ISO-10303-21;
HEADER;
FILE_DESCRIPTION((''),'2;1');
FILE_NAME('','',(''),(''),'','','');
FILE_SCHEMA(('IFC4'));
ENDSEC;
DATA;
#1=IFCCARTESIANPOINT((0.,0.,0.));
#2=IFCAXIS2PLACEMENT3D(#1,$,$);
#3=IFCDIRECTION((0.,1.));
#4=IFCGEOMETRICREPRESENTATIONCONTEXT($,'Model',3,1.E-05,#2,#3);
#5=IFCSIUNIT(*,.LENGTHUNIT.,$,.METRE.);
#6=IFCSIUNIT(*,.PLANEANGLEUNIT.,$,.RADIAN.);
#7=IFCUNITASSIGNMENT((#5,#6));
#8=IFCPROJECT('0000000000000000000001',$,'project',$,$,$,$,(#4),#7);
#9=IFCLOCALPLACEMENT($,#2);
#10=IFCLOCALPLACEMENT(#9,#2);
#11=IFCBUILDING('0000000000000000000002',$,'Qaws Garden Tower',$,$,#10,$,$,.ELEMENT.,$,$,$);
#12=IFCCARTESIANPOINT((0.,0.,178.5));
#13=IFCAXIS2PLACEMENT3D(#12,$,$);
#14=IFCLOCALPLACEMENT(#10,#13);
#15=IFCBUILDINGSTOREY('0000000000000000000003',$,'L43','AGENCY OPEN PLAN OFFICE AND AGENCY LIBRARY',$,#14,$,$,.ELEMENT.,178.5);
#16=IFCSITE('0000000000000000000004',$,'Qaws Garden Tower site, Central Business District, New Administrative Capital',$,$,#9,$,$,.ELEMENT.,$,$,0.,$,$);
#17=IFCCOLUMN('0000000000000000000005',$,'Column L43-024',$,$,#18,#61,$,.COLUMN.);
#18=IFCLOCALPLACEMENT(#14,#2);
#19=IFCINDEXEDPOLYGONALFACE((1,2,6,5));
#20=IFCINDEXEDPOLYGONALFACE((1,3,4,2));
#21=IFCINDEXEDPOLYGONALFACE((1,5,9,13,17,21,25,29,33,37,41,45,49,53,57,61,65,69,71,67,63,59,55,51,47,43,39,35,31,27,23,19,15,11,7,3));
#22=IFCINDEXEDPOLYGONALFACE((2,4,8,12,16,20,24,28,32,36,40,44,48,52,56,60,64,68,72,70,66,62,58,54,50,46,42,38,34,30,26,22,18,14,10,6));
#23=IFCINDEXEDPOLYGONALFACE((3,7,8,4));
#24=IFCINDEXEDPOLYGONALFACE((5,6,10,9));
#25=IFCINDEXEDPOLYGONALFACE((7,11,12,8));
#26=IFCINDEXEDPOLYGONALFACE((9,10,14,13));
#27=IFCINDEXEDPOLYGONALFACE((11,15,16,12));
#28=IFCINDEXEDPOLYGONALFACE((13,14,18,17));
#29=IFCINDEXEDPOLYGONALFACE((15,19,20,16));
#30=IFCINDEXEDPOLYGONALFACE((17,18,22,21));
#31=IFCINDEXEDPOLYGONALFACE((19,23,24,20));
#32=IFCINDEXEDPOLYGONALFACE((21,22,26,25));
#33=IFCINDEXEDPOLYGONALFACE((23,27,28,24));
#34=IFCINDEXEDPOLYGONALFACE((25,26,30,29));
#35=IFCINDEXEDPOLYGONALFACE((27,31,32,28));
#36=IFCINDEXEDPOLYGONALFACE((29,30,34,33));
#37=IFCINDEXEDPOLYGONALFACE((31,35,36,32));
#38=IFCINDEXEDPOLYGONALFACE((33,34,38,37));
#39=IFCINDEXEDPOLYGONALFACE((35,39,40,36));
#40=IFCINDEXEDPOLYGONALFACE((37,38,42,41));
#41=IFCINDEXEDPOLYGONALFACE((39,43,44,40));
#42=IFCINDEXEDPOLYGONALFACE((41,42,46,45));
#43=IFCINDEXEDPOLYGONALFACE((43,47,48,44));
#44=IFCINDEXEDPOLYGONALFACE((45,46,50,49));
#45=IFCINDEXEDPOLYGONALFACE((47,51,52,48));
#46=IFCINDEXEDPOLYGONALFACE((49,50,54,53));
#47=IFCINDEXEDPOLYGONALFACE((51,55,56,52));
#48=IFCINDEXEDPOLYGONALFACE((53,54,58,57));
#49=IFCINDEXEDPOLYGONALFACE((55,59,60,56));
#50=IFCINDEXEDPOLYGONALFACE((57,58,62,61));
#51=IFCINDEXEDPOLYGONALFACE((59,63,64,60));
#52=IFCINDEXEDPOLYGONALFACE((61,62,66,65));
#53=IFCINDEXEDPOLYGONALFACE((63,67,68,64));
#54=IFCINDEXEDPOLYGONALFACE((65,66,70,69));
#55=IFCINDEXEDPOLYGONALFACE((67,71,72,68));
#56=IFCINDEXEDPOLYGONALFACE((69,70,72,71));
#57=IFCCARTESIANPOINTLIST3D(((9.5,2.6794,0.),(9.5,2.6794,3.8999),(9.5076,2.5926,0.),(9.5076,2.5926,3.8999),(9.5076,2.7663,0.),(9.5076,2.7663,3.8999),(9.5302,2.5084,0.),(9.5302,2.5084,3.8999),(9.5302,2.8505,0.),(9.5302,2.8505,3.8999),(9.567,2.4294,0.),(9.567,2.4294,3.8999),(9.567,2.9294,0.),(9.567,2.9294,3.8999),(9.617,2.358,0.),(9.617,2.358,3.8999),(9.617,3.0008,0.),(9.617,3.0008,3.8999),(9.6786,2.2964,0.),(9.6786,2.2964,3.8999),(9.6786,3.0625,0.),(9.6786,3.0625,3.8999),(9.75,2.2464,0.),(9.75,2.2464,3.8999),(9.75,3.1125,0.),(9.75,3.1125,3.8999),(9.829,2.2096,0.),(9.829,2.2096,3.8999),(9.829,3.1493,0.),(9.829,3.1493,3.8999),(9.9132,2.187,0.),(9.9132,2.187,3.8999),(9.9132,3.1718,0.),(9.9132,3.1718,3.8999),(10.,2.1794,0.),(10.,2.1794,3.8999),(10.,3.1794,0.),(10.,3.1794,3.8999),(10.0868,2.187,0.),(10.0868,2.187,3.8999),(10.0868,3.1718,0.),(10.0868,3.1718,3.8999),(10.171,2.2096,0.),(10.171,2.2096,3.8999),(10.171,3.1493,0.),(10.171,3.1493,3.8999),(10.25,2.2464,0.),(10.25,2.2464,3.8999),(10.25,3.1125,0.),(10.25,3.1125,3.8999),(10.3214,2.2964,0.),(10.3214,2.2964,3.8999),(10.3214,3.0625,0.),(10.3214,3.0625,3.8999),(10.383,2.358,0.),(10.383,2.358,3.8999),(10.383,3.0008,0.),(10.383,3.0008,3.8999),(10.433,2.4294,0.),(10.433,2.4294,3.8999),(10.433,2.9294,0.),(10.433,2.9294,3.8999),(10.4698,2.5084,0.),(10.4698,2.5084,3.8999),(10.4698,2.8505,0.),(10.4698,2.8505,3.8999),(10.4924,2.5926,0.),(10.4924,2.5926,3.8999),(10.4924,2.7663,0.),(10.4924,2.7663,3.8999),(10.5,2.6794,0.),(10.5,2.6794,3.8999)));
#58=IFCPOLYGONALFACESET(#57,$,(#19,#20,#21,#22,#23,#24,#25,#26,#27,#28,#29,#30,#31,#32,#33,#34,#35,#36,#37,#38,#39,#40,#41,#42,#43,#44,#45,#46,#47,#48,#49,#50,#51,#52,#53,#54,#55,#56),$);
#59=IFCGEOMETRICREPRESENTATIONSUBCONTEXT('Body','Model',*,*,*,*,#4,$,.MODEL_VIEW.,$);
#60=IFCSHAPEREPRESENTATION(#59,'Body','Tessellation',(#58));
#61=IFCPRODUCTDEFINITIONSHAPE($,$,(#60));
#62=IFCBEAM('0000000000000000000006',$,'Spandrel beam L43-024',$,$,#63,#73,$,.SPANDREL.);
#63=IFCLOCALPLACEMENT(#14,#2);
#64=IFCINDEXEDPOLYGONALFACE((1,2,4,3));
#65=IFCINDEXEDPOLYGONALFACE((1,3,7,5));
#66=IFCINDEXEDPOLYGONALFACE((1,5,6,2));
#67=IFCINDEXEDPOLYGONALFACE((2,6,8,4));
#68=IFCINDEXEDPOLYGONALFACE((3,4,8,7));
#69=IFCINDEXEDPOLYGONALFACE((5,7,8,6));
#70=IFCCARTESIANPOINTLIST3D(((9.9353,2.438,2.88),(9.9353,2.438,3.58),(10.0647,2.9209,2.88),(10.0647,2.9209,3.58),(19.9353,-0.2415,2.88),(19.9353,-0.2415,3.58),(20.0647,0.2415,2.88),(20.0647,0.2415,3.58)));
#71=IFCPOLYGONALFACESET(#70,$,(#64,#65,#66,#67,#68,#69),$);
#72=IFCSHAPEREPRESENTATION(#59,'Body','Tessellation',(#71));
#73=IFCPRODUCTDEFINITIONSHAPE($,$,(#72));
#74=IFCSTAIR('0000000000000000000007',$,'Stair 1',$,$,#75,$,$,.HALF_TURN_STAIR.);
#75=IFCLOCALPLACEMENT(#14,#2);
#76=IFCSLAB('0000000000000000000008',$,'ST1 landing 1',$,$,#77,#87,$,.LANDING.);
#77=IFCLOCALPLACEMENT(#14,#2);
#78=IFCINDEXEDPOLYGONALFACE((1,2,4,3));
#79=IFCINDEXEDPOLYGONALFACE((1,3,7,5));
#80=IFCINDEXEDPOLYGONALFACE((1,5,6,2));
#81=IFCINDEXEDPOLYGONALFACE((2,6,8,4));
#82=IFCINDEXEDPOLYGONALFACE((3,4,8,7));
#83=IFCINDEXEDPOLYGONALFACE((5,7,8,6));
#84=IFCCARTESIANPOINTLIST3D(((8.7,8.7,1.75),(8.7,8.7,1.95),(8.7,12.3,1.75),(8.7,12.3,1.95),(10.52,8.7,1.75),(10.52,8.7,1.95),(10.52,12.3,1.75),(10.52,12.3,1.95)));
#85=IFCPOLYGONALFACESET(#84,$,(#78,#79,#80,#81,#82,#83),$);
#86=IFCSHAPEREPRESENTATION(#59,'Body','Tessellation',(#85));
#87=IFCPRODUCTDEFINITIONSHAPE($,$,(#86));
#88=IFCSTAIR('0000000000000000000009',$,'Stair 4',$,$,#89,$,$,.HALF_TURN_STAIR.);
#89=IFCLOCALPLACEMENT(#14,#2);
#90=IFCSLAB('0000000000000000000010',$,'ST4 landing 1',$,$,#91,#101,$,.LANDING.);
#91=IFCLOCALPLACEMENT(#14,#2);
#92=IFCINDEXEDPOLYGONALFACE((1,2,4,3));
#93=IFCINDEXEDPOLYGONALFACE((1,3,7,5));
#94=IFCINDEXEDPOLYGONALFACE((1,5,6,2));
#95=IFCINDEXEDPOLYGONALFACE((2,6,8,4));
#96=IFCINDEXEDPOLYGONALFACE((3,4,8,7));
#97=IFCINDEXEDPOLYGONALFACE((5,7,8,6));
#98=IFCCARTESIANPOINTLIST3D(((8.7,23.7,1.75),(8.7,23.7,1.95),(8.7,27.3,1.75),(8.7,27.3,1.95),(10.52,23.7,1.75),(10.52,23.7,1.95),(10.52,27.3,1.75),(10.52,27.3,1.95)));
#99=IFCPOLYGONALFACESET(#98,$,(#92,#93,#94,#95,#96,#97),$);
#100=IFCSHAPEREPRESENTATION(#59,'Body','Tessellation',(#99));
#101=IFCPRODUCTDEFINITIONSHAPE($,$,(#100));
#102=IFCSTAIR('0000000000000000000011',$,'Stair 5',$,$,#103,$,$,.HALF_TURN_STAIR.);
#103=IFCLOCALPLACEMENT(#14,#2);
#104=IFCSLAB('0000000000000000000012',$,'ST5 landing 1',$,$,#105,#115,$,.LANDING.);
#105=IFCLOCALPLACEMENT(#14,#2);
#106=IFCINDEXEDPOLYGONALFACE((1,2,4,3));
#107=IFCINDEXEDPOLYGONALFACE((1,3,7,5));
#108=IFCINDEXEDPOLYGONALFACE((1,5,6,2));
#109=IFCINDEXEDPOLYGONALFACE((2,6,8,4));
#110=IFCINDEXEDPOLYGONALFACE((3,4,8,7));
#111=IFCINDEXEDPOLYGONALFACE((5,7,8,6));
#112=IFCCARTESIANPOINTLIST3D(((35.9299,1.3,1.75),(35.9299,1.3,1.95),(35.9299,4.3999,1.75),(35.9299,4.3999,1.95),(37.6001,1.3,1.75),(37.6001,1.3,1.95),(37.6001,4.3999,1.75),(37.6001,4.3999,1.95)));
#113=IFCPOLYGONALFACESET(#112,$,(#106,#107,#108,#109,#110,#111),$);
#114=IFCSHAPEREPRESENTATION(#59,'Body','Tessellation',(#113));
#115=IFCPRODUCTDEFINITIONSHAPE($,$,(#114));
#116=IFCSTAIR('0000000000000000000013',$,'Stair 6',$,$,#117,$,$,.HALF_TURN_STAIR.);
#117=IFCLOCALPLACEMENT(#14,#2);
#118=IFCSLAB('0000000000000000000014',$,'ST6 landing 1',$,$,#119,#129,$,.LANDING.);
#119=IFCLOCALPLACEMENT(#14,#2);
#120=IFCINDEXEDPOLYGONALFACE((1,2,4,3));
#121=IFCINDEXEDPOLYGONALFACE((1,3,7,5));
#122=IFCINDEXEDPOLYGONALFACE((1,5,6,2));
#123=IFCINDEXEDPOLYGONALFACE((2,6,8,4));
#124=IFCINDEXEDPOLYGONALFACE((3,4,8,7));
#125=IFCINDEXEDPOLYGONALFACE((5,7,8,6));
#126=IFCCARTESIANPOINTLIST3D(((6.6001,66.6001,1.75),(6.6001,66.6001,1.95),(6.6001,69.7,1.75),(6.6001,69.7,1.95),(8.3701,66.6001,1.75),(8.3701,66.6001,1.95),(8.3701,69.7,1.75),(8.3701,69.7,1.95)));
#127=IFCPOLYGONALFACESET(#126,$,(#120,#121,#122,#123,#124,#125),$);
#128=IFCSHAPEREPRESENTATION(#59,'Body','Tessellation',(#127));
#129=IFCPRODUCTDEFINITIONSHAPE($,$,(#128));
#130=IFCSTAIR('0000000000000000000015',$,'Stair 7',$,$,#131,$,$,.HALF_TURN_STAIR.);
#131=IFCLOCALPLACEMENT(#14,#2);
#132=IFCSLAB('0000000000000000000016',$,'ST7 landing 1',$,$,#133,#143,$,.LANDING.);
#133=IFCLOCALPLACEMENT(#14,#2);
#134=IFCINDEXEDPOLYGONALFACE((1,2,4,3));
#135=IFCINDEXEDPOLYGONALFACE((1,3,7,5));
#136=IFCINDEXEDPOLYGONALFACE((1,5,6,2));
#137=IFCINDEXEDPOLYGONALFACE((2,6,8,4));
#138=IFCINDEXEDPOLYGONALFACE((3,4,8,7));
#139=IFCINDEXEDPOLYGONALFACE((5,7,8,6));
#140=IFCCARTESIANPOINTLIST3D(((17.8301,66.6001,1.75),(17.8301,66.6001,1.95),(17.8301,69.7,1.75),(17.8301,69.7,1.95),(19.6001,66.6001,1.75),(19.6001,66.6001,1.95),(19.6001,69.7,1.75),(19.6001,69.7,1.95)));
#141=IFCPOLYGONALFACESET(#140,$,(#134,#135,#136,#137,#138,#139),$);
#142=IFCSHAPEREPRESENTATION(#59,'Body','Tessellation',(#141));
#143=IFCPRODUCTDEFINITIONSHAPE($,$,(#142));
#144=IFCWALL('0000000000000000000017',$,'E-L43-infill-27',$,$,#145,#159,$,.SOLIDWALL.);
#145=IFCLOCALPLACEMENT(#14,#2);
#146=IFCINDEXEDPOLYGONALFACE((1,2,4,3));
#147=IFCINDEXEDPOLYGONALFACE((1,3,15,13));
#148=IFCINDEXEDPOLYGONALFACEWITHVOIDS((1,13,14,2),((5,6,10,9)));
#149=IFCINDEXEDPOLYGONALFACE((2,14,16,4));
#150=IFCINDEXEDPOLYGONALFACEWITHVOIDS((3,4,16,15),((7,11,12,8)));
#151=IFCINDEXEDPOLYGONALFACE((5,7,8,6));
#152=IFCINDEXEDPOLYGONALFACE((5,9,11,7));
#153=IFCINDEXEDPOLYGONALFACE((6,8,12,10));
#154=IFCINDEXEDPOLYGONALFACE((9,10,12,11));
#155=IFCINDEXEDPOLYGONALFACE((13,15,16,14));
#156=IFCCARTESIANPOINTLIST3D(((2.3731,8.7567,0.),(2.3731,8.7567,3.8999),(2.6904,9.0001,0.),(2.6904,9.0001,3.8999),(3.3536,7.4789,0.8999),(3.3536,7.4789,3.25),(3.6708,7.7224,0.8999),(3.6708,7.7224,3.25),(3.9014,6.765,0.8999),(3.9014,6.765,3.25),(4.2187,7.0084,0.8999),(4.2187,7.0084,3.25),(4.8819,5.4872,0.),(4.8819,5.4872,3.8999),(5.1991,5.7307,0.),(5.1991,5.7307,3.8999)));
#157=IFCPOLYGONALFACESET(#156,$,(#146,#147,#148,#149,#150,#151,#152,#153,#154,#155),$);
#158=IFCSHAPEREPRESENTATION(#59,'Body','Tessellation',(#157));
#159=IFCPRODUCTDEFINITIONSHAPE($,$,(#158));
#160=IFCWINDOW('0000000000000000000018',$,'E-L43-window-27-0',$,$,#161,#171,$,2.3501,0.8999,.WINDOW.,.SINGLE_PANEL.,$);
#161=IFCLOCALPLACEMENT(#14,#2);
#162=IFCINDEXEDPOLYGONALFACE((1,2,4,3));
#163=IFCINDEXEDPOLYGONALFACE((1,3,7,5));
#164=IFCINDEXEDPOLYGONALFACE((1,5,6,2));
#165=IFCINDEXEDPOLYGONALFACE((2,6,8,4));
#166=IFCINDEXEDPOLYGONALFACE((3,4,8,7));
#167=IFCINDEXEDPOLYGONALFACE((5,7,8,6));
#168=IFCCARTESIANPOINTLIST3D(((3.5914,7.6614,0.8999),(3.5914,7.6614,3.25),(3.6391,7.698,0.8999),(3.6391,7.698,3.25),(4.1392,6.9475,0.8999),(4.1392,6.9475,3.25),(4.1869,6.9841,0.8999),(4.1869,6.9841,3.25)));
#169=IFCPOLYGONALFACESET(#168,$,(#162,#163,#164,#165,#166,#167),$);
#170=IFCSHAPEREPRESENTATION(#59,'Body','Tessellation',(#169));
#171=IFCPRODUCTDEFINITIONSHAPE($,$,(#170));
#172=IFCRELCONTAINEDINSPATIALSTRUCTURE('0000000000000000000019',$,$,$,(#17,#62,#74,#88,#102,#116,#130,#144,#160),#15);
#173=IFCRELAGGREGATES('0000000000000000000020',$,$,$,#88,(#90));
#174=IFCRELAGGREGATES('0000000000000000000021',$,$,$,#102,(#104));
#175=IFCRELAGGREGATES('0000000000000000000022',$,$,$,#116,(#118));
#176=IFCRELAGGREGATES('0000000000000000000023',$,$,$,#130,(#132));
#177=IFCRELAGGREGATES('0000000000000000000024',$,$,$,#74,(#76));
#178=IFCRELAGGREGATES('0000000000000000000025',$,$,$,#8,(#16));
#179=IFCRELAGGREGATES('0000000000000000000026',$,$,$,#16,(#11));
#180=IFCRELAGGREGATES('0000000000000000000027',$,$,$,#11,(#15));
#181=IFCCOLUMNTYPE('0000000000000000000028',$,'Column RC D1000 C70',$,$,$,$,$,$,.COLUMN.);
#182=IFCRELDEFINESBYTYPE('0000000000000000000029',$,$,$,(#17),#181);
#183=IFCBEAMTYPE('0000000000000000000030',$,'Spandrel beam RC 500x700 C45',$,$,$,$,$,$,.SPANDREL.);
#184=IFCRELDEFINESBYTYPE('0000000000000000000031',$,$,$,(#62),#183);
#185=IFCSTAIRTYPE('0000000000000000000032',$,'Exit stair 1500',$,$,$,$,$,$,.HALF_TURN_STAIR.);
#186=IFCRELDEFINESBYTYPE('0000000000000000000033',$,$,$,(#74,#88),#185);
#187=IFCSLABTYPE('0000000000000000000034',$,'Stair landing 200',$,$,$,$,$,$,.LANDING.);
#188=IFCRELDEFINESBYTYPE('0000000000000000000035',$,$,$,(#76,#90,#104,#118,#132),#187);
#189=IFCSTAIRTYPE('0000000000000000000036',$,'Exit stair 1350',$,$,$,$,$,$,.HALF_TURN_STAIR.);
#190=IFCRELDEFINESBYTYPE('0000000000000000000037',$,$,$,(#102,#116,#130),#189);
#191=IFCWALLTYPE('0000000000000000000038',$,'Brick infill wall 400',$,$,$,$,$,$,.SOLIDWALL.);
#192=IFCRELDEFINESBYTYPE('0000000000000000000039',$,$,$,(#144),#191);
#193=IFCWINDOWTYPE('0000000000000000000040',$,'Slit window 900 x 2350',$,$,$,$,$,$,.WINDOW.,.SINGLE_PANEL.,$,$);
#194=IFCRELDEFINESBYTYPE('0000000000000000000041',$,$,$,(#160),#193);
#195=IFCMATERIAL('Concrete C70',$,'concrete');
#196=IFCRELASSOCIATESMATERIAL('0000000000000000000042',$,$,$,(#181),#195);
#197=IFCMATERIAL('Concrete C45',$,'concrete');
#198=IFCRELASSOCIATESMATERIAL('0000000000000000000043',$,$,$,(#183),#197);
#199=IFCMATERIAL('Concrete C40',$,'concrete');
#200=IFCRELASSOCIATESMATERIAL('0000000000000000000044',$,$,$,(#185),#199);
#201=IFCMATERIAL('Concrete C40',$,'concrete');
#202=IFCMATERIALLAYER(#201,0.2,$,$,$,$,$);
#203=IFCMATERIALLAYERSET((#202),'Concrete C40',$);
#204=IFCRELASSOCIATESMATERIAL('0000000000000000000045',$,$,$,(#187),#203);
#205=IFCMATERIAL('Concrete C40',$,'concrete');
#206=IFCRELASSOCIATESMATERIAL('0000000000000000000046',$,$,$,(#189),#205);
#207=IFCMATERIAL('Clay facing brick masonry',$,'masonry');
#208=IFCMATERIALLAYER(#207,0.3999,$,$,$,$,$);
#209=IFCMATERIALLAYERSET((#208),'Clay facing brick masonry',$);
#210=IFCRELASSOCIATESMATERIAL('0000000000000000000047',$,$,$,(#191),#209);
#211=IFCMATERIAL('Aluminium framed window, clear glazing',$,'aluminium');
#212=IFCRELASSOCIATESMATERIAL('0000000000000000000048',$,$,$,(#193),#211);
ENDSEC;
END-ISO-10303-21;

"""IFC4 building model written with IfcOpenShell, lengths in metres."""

from ifc_helpers import new_model, si_unit, direction, frame, frame_2d, origin, origin_2d, place, context, subcontext, project, spatial, polyline, rectangle, circle, outline, extrude, material, layer, layer_set, material_profile, profile_set, type_object, element, fill, aggregate, save


model = new_model("IFC4")

# Units and contexts
model_context = context("Model", 3, precision=1e-05, world=origin(), true_north=direction((0.0, 1.0)))
body_context = subcontext(model_context, "Body", "Model", "MODEL_VIEW")
ifc_project = project(units=[si_unit("LENGTHUNIT", "METRE"), si_unit("PLANEANGLEUNIT", "RADIAN")], contexts=[model_context])

# Site, building, storey
site_placement = place(None, origin())
site = spatial("IfcSite", under=ifc_project, at=site_placement, Name="Qaws Garden Tower site, Central Business District, New Administrative Capital", CompositionType="ELEMENT", RefElevation=0.0)
building_placement = place(site_placement, origin())
building = spatial("IfcBuilding", under=site, at=building_placement, Name="Qaws Garden Tower", CompositionType="ELEMENT")
storey_placement = place(building_placement, frame((0.0, 0.0, 178.5)))
storey = spatial("IfcBuildingStorey", under=building, at=storey_placement, Name="L43", Description="AGENCY OPEN PLAN OFFICE AND AGENCY LIBRARY", CompositionType="ELEMENT", Elevation=178.5)

# Column
ifc_material_1 = material(Name="Concrete C70", Category="concrete")
ifc_material_profile_1 = material_profile(ifc_material_1, circle(Radius=0.5, at=origin_2d()), Name="RC D1000")
ifc_profile_set_1 = profile_set([ifc_material_profile_1], Name="Concrete C70")
column_type = type_object("IfcColumnType", Name="Column RC D1000 C70", PredefinedType="COLUMN", material=ifc_profile_set_1)
column_placement = place(storey_placement, frame((10.0, 2.6794, 0.0), z_axis=(0.0, 0.0, 1.0), x_axis=(1.0, 0.0, 0.0)))
element("IfcColumn", 1, at=column_placement, inside=storey, type_object=column_type, Name="Column L43-024", PredefinedType="COLUMN", context=body_context, shape_type="SweptSolid", body=[
    extrude(circle(Radius=0.5, at=origin_2d()), origin(), (0.0, 0.0, 1.0), 3.8999),
])

# Beam
ifc_material_2 = material(Name="Concrete C45", Category="concrete")
ifc_material_profile_2 = material_profile(ifc_material_2, rectangle(XDim=0.5, YDim=0.7, at=origin_2d()), Name="RC 500x700")
ifc_profile_set_2 = profile_set([ifc_material_profile_2], Name="Concrete C45")
beam_type = type_object("IfcBeamType", Name="Spandrel beam RC 500x700 C45", PredefinedType="SPANDREL", material=ifc_profile_set_2)
beam_placement = place(storey_placement, frame((10.0, 2.6794, 3.23), z_axis=(0.965927, -0.258815, 0.0), x_axis=(0.258815, 0.965927, 0.0)))
element("IfcBeam", 2, at=beam_placement, inside=storey, type_object=beam_type, Name="Spandrel beam L43-024", PredefinedType="SPANDREL", context=body_context, shape_type="SweptSolid", body=[
    extrude(rectangle(XDim=0.5, YDim=0.7, at=origin_2d()), origin(), (0.0, 0.0, 1.0), 10.3528),
])

# Stairs, slabs
ifc_material_3 = material(Name="Concrete C40", Category="concrete")
stair_type_1 = type_object("IfcStairType", Name="Exit stair 1500", PredefinedType="HALF_TURN_STAIR", material=ifc_material_3)
placement_1 = place(storey_placement, origin())
stair_1 = element("IfcStair", 3, at=placement_1, inside=storey, type_object=stair_type_1, Name="Stair 1", PredefinedType="HALF_TURN_STAIR")
ifc_material_4 = material(Name="Concrete C40", Category="concrete")
ifc_layer_1 = layer(ifc_material_4, 0.2)
ifc_layer_set_1 = layer_set([ifc_layer_1], Name="Concrete C40")
slab_type = type_object("IfcSlabType", Name="Stair landing 200", PredefinedType="LANDING", material=ifc_layer_set_1)
placement_2 = place(storey_placement, frame((0.0, 0.0, 1.75)))
slab_1 = element("IfcSlab", 4, at=placement_2, type_object=slab_type, Name="ST1 landing 1", PredefinedType="LANDING", context=body_context, shape_type="SweptSolid", body=[
    extrude(outline(polyline([(8.7, 8.7), (10.52, 8.7), (10.52, 12.3), (8.7, 12.3), (8.7, 8.7)])), origin(), (0.0, 0.0, 1.0), 0.2),
])
stair_2 = element("IfcStair", 5, at=placement_1, inside=storey, type_object=stair_type_1, Name="Stair 4", PredefinedType="HALF_TURN_STAIR")
slab_2 = element("IfcSlab", 6, at=placement_2, type_object=slab_type, Name="ST4 landing 1", PredefinedType="LANDING", context=body_context, shape_type="SweptSolid", body=[
    extrude(outline(polyline([(8.7, 23.7), (10.52, 23.7), (10.52, 27.3), (8.7, 27.3), (8.7, 23.7)])), origin(), (0.0, 0.0, 1.0), 0.2),
])
aggregate(stair_2, [slab_2])
ifc_material_5 = material(Name="Concrete C40", Category="concrete")
stair_type_2 = type_object("IfcStairType", Name="Exit stair 1350", PredefinedType="HALF_TURN_STAIR", material=ifc_material_5)
stair_3 = element("IfcStair", 7, at=placement_1, inside=storey, type_object=stair_type_2, Name="Stair 5", PredefinedType="HALF_TURN_STAIR")
slab_3 = element("IfcSlab", 8, at=placement_2, type_object=slab_type, Name="ST5 landing 1", PredefinedType="LANDING", context=body_context, shape_type="SweptSolid", body=[
    extrude(outline(polyline([(35.9299, 1.3), (37.6001, 1.3), (37.6001, 4.3999), (35.9299, 4.3999), (35.9299, 1.3)])), origin(), (0.0, 0.0, 1.0), 0.2),
])
aggregate(stair_3, [slab_3])
stair_4 = element("IfcStair", 9, at=placement_1, inside=storey, type_object=stair_type_2, Name="Stair 6", PredefinedType="HALF_TURN_STAIR")
slab_4 = element("IfcSlab", 10, at=placement_2, type_object=slab_type, Name="ST6 landing 1", PredefinedType="LANDING", context=body_context, shape_type="SweptSolid", body=[
    extrude(outline(polyline([(6.6001, 66.6001), (8.3701, 66.6001), (8.3701, 69.7), (6.6001, 69.7), (6.6001, 66.6001)])), origin(), (0.0, 0.0, 1.0), 0.2),
])
aggregate(stair_4, [slab_4])
stair_5 = element("IfcStair", 11, at=placement_1, inside=storey, type_object=stair_type_2, Name="Stair 7", PredefinedType="HALF_TURN_STAIR")
slab_5 = element("IfcSlab", 12, at=placement_2, type_object=slab_type, Name="ST7 landing 1", PredefinedType="LANDING", context=body_context, shape_type="SweptSolid", body=[
    extrude(outline(polyline([(17.8301, 66.6001), (19.6001, 66.6001), (19.6001, 69.7), (17.8301, 69.7), (17.8301, 66.6001)])), origin(), (0.0, 0.0, 1.0), 0.2),
])
aggregate(stair_5, [slab_5])

# Wall, opening, window
ifc_material_6 = material(Name="Clay facing brick masonry", Category="masonry")
ifc_layer_2 = layer(ifc_material_6, 0.3999)
ifc_layer_set_2 = layer_set([ifc_layer_2], Name="Clay facing brick masonry")
wall_type_1 = type_object("IfcWallType", Name="Brick infill wall 400", PredefinedType="SOLIDWALL", material=ifc_layer_set_2)
wall_1_placement = place(storey_placement, frame((2.5317, 8.8784, 0.0), z_axis=(0.0, 0.0, 1.0), x_axis=(0.60876, -0.793355, 0.0)))
wall_1 = element("IfcWall", 13, at=wall_1_placement, inside=storey, type_object=wall_type_1, Name="E-L43-infill-27", PredefinedType="SOLIDWALL", context=body_context, shape_type="SweptSolid", body=[
    extrude(rectangle(XDim=4.1211, YDim=0.3999, at=frame_2d((2.0605, 0.0))), origin(), (0.0, 0.0, 1.0), 3.8999),
])
opening_1_placement = place(wall_1_placement, frame((1.6106, 0.0, 0.8999)))
opening_1 = element("IfcOpeningElement", 14, at=opening_1_placement, cuts=wall_1, PredefinedType="OPENING", context=body_context, shape_type="SweptSolid", body=[
    extrude(rectangle(XDim=0.8999, YDim=2.3501, at=frame_2d((0.45, 1.175))), frame((0.0, 0.21, 0.0), z_axis=(0.0, -1.0, 0.0), x_axis=(1.0, 0.0, 0.0)), (0.0, 0.0, 1.0), 0.4199),
])
ifc_material_7 = material(Name="Aluminium framed window, clear glazing", Category="aluminium")
window_type = type_object("IfcWindowType", Name="Slit window 900 x 2350", PartitioningType="SINGLE_PANEL", PredefinedType="WINDOW", material=ifc_material_7)
window_1_placement = place(opening_1_placement, origin())
window_1 = element("IfcWindow", 15, at=window_1_placement, inside=storey, type_object=window_type, Name="E-L43-window-27-0", OverallHeight=2.3501, OverallWidth=0.8999, PartitioningType="SINGLE_PANEL", PredefinedType="WINDOW", context=body_context, shape_type="SweptSolid", body=[
    extrude(rectangle(XDim=0.8999, YDim=2.3501, at=frame_2d((0.45, 1.175))), frame((0.0, 0.1599, 0.0), z_axis=(0.0, -1.0, 0.0), x_axis=(1.0, 0.0, 0.0)), (0.0, 0.0, 1.0), 0.0601),
])
fill(opening_1, window_1)

aggregate(stair_1, [slab_1])

save(model, "model.ifc")
